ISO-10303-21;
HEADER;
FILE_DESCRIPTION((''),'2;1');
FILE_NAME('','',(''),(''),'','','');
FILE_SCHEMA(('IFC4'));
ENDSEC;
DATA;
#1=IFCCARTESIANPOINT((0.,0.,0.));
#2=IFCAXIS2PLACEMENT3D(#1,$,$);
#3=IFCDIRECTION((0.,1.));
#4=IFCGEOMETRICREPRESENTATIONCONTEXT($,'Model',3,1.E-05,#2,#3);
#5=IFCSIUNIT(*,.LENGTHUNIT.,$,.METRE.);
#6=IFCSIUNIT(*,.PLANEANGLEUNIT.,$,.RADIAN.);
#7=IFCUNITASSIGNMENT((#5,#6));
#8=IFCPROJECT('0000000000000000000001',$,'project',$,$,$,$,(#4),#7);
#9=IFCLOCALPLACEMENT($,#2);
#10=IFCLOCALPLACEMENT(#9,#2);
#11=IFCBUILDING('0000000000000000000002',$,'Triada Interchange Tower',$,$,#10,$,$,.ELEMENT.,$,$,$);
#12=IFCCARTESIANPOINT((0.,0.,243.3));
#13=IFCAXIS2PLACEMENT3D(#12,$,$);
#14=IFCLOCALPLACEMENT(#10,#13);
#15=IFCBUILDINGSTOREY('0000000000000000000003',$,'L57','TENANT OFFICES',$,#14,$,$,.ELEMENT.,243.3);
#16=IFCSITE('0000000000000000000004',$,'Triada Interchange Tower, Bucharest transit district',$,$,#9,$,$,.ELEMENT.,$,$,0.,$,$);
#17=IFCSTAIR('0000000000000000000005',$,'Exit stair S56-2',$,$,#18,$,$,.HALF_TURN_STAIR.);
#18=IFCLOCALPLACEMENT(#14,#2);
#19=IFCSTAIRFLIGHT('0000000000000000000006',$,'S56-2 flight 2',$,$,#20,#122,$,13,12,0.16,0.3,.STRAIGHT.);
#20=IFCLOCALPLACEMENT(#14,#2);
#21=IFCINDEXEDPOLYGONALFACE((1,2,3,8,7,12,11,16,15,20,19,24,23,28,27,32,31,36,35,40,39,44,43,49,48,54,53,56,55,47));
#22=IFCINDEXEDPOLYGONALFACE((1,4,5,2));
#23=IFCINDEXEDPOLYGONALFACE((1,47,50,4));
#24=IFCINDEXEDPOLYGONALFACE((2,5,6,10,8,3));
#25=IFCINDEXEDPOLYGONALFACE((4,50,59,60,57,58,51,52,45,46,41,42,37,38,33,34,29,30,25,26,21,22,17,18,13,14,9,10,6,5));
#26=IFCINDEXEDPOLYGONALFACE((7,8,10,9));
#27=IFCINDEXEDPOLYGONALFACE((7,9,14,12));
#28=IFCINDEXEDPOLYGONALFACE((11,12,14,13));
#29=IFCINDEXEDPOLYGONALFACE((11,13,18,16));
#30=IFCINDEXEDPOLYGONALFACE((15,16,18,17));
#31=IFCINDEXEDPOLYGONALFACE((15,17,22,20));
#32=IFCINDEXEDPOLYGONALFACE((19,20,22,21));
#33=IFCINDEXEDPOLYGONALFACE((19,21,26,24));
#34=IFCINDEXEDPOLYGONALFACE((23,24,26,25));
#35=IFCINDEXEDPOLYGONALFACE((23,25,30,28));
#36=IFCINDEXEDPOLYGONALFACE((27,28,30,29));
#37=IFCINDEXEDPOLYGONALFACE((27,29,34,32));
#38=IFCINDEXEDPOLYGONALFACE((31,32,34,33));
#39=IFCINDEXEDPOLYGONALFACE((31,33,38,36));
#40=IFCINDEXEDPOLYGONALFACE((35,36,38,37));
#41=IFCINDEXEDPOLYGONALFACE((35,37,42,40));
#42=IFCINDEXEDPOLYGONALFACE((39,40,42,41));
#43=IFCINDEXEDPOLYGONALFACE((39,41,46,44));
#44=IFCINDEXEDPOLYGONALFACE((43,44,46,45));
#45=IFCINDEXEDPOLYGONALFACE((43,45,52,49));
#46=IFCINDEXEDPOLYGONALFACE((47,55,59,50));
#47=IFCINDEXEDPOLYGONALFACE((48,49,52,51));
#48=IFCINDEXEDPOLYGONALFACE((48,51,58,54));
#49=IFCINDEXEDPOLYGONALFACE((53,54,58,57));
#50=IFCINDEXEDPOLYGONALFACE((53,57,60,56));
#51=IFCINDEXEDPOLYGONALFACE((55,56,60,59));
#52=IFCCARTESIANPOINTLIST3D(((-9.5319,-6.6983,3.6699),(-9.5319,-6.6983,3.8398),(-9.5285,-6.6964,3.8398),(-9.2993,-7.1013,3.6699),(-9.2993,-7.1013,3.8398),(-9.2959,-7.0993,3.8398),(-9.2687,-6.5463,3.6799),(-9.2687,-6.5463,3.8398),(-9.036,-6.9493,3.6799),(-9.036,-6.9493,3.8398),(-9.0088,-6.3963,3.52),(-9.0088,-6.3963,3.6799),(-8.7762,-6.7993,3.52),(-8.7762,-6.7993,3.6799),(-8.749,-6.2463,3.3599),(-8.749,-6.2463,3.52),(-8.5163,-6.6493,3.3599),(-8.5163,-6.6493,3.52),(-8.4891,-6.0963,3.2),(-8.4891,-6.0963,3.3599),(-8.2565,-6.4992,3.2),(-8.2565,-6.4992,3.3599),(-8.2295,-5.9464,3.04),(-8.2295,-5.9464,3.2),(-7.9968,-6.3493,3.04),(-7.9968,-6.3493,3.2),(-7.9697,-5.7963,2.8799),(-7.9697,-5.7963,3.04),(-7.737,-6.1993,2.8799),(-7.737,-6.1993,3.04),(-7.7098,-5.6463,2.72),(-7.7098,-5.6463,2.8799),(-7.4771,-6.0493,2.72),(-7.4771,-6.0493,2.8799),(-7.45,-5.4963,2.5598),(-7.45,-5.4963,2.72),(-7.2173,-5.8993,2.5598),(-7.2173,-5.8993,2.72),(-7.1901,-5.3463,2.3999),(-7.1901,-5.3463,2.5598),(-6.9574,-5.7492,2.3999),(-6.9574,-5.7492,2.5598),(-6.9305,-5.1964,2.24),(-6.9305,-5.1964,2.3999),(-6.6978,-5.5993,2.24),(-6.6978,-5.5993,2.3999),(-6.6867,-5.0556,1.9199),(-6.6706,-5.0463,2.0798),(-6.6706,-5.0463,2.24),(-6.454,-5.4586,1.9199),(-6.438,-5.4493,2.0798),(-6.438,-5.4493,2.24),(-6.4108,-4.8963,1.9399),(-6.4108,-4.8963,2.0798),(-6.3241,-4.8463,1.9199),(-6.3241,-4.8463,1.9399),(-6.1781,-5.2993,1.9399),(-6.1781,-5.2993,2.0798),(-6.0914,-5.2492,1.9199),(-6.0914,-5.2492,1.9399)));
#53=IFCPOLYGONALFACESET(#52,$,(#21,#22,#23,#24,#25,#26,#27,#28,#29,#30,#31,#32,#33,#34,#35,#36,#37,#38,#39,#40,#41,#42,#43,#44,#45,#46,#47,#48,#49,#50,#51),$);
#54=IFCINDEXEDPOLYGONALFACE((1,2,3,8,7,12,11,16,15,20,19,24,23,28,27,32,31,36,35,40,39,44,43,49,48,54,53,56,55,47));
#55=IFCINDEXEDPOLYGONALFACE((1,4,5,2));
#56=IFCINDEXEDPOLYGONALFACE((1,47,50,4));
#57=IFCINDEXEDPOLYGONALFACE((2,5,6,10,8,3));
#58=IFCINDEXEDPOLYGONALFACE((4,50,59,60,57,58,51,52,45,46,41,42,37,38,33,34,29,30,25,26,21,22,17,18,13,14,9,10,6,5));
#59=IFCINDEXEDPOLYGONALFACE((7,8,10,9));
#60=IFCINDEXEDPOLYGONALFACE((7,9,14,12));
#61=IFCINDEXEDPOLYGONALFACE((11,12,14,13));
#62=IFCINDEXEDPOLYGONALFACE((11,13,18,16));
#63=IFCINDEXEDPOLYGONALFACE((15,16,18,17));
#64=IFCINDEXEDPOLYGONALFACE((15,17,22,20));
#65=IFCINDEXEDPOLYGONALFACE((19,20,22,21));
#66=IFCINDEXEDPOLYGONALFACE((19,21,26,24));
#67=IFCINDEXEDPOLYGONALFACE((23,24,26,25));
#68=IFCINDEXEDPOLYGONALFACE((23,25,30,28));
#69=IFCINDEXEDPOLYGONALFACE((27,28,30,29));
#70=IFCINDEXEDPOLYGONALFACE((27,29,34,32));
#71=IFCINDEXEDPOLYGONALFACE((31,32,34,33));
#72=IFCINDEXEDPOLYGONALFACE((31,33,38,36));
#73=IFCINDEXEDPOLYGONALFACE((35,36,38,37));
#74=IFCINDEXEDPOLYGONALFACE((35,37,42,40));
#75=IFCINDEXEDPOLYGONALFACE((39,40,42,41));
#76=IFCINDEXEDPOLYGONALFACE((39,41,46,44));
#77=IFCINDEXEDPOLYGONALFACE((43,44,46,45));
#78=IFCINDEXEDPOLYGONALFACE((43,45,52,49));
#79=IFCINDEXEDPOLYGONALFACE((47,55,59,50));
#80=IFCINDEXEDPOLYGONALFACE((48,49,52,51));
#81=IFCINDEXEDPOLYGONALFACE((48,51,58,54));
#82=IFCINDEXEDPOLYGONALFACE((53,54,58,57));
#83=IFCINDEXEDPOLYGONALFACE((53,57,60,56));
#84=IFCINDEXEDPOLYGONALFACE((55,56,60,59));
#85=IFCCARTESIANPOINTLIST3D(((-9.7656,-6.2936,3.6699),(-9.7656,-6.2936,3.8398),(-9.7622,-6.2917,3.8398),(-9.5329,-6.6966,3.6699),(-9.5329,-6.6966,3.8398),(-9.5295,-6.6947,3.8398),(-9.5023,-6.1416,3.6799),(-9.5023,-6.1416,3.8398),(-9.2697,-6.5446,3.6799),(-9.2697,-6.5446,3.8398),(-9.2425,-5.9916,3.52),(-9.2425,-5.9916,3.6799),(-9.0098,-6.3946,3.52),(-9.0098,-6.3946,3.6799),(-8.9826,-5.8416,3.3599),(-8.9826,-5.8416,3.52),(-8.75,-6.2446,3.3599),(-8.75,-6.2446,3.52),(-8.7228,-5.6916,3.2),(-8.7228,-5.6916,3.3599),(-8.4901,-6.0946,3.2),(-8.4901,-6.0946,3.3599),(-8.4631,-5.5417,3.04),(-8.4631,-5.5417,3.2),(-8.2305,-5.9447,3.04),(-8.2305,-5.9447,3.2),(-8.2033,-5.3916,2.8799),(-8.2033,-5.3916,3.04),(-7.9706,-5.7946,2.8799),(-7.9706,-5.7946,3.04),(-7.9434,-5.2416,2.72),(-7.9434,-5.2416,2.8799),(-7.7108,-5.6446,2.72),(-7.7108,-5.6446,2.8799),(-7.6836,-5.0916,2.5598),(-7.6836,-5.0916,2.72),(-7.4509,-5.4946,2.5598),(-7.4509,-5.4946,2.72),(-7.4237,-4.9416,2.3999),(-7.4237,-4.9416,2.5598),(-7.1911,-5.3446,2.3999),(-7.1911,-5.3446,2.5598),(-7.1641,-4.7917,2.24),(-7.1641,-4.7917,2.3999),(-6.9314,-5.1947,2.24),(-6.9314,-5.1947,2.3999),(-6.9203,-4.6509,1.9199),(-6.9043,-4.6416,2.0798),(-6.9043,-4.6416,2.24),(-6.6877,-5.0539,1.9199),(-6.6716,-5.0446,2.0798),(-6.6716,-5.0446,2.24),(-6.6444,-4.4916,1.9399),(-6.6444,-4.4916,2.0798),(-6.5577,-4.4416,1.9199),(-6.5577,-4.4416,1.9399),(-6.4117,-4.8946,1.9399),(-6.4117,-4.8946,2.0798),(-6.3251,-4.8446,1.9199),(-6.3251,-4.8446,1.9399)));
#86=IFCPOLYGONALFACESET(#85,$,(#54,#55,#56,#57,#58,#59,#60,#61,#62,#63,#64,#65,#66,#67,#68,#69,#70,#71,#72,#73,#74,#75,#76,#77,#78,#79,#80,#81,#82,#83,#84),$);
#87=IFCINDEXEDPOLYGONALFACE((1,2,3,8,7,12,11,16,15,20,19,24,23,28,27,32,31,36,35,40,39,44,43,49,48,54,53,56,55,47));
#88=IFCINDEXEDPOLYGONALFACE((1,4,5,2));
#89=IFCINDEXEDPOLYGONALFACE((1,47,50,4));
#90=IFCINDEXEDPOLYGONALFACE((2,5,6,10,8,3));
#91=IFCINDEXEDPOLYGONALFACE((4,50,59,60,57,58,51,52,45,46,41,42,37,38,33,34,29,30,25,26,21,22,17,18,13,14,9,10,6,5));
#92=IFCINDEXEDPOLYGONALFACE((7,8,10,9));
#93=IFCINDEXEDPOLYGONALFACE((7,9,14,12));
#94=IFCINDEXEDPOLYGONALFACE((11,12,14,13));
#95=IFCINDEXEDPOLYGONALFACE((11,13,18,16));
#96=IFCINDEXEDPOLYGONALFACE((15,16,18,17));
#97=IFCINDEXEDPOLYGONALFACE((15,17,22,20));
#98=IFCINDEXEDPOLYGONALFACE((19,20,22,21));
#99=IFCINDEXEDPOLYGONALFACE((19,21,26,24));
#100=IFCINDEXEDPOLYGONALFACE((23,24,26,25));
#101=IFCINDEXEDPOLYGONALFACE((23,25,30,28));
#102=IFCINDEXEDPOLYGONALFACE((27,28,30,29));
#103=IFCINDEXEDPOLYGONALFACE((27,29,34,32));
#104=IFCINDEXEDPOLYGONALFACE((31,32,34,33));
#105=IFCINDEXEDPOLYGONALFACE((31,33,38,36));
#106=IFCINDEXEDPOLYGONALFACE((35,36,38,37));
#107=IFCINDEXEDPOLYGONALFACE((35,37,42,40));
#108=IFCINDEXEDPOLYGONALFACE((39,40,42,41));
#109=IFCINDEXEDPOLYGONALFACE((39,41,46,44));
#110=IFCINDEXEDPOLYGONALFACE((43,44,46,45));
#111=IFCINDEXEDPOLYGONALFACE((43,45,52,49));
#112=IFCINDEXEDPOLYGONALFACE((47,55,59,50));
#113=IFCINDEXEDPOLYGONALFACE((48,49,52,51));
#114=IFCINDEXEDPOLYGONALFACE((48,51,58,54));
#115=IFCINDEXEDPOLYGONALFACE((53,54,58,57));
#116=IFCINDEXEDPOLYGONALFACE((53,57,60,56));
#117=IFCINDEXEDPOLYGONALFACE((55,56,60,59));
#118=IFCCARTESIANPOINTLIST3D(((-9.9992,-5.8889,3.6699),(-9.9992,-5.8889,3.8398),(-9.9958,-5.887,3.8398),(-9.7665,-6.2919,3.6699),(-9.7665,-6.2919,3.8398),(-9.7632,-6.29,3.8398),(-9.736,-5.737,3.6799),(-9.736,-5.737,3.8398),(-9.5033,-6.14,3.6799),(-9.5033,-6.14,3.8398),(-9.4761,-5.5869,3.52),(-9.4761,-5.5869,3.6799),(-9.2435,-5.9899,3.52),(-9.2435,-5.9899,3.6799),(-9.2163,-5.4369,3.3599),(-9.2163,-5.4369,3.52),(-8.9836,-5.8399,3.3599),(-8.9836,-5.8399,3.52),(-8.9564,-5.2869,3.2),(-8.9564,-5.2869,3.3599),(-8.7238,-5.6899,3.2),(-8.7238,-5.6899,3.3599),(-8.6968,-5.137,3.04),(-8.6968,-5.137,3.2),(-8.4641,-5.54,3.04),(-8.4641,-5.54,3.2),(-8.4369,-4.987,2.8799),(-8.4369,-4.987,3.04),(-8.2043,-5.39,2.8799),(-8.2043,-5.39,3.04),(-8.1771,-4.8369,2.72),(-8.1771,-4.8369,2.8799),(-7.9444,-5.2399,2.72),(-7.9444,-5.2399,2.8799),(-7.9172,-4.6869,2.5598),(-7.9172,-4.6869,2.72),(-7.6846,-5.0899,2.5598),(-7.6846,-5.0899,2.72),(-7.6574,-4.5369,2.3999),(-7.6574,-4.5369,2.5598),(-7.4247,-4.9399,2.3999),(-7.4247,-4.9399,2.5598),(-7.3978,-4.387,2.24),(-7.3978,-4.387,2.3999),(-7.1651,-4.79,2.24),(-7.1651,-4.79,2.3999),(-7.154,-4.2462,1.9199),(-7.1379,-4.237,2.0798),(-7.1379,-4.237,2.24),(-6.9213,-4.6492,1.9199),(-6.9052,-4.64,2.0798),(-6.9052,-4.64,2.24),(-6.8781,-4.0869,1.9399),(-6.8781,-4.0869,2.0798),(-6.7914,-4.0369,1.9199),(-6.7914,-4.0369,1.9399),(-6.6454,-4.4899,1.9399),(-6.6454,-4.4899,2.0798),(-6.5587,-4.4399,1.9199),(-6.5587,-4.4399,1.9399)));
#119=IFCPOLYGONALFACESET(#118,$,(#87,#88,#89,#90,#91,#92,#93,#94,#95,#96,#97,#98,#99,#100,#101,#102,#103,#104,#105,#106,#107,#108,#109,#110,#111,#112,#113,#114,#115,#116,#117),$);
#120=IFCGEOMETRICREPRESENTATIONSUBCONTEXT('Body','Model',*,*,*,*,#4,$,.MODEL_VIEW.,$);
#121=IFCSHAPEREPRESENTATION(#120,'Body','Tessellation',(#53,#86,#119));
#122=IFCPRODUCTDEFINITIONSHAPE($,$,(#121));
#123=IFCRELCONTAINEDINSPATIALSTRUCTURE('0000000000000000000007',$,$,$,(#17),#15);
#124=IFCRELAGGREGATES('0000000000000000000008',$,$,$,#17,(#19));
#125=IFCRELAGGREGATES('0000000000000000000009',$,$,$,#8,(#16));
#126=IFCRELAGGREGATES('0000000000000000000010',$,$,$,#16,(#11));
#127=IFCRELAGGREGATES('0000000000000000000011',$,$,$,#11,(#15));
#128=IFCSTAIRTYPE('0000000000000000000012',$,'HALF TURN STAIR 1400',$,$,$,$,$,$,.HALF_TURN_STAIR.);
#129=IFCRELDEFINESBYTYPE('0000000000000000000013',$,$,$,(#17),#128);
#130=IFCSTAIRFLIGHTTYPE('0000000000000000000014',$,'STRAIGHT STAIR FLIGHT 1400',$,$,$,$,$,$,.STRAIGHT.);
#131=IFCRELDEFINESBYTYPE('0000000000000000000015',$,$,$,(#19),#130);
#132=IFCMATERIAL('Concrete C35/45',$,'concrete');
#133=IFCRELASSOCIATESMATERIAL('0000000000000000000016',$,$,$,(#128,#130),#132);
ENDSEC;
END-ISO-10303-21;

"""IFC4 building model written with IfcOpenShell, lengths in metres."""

from ifc_helpers import new_model, si_unit, direction, frame, origin, place, context, subcontext, project, spatial, polyline, outline, extrude, material, type_object, element, aggregate, save


model = new_model("IFC4")

# Units and contexts
model_context = context("Model", 3, precision=1e-05, world=origin(), true_north=direction((0.0, 1.0)))
body_context = subcontext(model_context, "Body", "Model", "MODEL_VIEW")
ifc_project = project(units=[si_unit("LENGTHUNIT", "METRE"), si_unit("PLANEANGLEUNIT", "RADIAN")], contexts=[model_context])

# Site, building, storey
site_placement = place(None, origin())
site = spatial("IfcSite", under=ifc_project, at=site_placement, Name="Triada Interchange Tower, Bucharest transit district", CompositionType="ELEMENT", RefElevation=0.0)
building_placement = place(site_placement, origin())
building = spatial("IfcBuilding", under=site, at=building_placement, Name="Triada Interchange Tower", CompositionType="ELEMENT")
storey_placement = place(building_placement, frame((0.0, 0.0, 243.3)))
storey = spatial("IfcBuildingStorey", under=building, at=storey_placement, Name="L57", Description="TENANT OFFICES", CompositionType="ELEMENT", Elevation=243.3)

# Stair, stair flight
ifc_material_1 = material(Name="Concrete C35/45", Category="concrete")
stair_type = type_object("IfcStairType", Name="HALF TURN STAIR 1400", PredefinedType="HALF_TURN_STAIR", material=ifc_material_1)
stair_placement = place(storey_placement, origin())
stair = element("IfcStair", 1, at=stair_placement, inside=storey, type_object=stair_type, Name="Exit stair S56-2", PredefinedType="HALF_TURN_STAIR")
stair_flight_type = type_object("IfcStairFlightType", Name="STRAIGHT STAIR FLIGHT 1400", PredefinedType="STRAIGHT", material=ifc_material_1)
stair_flight_1_placement = place(storey_placement, frame((-6.5281, -4.6931, 1.9199), z_axis=(0.0, 0.0, 1.0), x_axis=(-0.866025, -0.5, 0.0)))
stair_flight_1 = element("IfcStairFlight", 2, at=stair_flight_1_placement, type_object=stair_flight_type, Name="S56-2 flight 2", NumberOfRisers=13, NumberOfTreads=12, PredefinedType="STRAIGHT", RiserHeight=0.16, TreadLength=0.3, context=body_context, shape_type="SweptSolid", body=[
    extrude(outline(polyline([(-0.1001, 0.0), (-0.1001, 0.02), (0.0, 0.02), (0.0, 0.1599), (0.3, 0.1599), (0.3, 0.3201), (0.6001, 0.3201), (0.6001, 0.48), (0.8999, 0.48), (0.8999, 0.6399), (1.2, 0.6399), (1.2, 0.8), (1.5, 0.8), (1.5, 0.96), (1.8, 0.96), (1.8, 1.1201), (2.1001, 1.1201), (2.1001, 1.28), (2.3999, 1.28), (2.3999, 1.4399), (2.7, 1.4399), (2.7, 1.6001), (3.0, 1.6001), (3.0, 1.76), (3.3, 1.76), (3.3, 1.9199), (3.6001, 1.9199), (3.604, 1.9199), (3.604, 2.0801), (3.604, 1.75), (0.3186, 0.0), (-0.1001, 0.0)])), frame((0.0, 0.7, 0.0), z_axis=(0.0, -1.0, 0.0), x_axis=(1.0, 0.0, 0.0)), (0.0, 0.0, 1.0), 0.4653),
    extrude(outline(polyline([(-0.1001, 0.0), (-0.1001, 0.02), (0.0, 0.02), (0.0, 0.1599), (0.3, 0.1599), (0.3, 0.3201), (0.6001, 0.3201), (0.6001, 0.48), (0.8999, 0.48), (0.8999, 0.6399), (1.2, 0.6399), (1.2, 0.8), (1.5, 0.8), (1.5, 0.96), (1.8, 0.96), (1.8, 1.1201), (2.1001, 1.1201), (2.1001, 1.28), (2.3999, 1.28), (2.3999, 1.4399), (2.7, 1.4399), (2.7, 1.6001), (3.0, 1.6001), (3.0, 1.76), (3.3, 1.76), (3.3, 1.9199), (3.6001, 1.9199), (3.604, 1.9199), (3.604, 2.0801), (3.604, 1.75), (0.3186, 0.0), (-0.1001, 0.0)])), frame((0.0, 0.2327, 0.0), z_axis=(0.0, -1.0, 0.0), x_axis=(1.0, 0.0, 0.0)), (0.0, 0.0, 1.0), 0.4653),
    extrude(outline(polyline([(-0.1001, 0.0), (-0.1001, 0.02), (0.0, 0.02), (0.0, 0.1599), (0.3, 0.1599), (0.3, 0.3201), (0.6001, 0.3201), (0.6001, 0.48), (0.8999, 0.48), (0.8999, 0.6399), (1.2, 0.6399), (1.2, 0.8), (1.5, 0.8), (1.5, 0.96), (1.8, 0.96), (1.8, 1.1201), (2.1001, 1.1201), (2.1001, 1.28), (2.3999, 1.28), (2.3999, 1.4399), (2.7, 1.4399), (2.7, 1.6001), (3.0, 1.6001), (3.0, 1.76), (3.3, 1.76), (3.3, 1.9199), (3.6001, 1.9199), (3.604, 1.9199), (3.604, 2.0801), (3.604, 1.75), (0.3186, 0.0), (-0.1001, 0.0)])), frame((0.0, -0.2346, 0.0), z_axis=(0.0, -1.0, 0.0), x_axis=(1.0, 0.0, 0.0)), (0.0, 0.0, 1.0), 0.4653),
])
aggregate(stair, [stair_flight_1])

save(model, "model.ifc")
